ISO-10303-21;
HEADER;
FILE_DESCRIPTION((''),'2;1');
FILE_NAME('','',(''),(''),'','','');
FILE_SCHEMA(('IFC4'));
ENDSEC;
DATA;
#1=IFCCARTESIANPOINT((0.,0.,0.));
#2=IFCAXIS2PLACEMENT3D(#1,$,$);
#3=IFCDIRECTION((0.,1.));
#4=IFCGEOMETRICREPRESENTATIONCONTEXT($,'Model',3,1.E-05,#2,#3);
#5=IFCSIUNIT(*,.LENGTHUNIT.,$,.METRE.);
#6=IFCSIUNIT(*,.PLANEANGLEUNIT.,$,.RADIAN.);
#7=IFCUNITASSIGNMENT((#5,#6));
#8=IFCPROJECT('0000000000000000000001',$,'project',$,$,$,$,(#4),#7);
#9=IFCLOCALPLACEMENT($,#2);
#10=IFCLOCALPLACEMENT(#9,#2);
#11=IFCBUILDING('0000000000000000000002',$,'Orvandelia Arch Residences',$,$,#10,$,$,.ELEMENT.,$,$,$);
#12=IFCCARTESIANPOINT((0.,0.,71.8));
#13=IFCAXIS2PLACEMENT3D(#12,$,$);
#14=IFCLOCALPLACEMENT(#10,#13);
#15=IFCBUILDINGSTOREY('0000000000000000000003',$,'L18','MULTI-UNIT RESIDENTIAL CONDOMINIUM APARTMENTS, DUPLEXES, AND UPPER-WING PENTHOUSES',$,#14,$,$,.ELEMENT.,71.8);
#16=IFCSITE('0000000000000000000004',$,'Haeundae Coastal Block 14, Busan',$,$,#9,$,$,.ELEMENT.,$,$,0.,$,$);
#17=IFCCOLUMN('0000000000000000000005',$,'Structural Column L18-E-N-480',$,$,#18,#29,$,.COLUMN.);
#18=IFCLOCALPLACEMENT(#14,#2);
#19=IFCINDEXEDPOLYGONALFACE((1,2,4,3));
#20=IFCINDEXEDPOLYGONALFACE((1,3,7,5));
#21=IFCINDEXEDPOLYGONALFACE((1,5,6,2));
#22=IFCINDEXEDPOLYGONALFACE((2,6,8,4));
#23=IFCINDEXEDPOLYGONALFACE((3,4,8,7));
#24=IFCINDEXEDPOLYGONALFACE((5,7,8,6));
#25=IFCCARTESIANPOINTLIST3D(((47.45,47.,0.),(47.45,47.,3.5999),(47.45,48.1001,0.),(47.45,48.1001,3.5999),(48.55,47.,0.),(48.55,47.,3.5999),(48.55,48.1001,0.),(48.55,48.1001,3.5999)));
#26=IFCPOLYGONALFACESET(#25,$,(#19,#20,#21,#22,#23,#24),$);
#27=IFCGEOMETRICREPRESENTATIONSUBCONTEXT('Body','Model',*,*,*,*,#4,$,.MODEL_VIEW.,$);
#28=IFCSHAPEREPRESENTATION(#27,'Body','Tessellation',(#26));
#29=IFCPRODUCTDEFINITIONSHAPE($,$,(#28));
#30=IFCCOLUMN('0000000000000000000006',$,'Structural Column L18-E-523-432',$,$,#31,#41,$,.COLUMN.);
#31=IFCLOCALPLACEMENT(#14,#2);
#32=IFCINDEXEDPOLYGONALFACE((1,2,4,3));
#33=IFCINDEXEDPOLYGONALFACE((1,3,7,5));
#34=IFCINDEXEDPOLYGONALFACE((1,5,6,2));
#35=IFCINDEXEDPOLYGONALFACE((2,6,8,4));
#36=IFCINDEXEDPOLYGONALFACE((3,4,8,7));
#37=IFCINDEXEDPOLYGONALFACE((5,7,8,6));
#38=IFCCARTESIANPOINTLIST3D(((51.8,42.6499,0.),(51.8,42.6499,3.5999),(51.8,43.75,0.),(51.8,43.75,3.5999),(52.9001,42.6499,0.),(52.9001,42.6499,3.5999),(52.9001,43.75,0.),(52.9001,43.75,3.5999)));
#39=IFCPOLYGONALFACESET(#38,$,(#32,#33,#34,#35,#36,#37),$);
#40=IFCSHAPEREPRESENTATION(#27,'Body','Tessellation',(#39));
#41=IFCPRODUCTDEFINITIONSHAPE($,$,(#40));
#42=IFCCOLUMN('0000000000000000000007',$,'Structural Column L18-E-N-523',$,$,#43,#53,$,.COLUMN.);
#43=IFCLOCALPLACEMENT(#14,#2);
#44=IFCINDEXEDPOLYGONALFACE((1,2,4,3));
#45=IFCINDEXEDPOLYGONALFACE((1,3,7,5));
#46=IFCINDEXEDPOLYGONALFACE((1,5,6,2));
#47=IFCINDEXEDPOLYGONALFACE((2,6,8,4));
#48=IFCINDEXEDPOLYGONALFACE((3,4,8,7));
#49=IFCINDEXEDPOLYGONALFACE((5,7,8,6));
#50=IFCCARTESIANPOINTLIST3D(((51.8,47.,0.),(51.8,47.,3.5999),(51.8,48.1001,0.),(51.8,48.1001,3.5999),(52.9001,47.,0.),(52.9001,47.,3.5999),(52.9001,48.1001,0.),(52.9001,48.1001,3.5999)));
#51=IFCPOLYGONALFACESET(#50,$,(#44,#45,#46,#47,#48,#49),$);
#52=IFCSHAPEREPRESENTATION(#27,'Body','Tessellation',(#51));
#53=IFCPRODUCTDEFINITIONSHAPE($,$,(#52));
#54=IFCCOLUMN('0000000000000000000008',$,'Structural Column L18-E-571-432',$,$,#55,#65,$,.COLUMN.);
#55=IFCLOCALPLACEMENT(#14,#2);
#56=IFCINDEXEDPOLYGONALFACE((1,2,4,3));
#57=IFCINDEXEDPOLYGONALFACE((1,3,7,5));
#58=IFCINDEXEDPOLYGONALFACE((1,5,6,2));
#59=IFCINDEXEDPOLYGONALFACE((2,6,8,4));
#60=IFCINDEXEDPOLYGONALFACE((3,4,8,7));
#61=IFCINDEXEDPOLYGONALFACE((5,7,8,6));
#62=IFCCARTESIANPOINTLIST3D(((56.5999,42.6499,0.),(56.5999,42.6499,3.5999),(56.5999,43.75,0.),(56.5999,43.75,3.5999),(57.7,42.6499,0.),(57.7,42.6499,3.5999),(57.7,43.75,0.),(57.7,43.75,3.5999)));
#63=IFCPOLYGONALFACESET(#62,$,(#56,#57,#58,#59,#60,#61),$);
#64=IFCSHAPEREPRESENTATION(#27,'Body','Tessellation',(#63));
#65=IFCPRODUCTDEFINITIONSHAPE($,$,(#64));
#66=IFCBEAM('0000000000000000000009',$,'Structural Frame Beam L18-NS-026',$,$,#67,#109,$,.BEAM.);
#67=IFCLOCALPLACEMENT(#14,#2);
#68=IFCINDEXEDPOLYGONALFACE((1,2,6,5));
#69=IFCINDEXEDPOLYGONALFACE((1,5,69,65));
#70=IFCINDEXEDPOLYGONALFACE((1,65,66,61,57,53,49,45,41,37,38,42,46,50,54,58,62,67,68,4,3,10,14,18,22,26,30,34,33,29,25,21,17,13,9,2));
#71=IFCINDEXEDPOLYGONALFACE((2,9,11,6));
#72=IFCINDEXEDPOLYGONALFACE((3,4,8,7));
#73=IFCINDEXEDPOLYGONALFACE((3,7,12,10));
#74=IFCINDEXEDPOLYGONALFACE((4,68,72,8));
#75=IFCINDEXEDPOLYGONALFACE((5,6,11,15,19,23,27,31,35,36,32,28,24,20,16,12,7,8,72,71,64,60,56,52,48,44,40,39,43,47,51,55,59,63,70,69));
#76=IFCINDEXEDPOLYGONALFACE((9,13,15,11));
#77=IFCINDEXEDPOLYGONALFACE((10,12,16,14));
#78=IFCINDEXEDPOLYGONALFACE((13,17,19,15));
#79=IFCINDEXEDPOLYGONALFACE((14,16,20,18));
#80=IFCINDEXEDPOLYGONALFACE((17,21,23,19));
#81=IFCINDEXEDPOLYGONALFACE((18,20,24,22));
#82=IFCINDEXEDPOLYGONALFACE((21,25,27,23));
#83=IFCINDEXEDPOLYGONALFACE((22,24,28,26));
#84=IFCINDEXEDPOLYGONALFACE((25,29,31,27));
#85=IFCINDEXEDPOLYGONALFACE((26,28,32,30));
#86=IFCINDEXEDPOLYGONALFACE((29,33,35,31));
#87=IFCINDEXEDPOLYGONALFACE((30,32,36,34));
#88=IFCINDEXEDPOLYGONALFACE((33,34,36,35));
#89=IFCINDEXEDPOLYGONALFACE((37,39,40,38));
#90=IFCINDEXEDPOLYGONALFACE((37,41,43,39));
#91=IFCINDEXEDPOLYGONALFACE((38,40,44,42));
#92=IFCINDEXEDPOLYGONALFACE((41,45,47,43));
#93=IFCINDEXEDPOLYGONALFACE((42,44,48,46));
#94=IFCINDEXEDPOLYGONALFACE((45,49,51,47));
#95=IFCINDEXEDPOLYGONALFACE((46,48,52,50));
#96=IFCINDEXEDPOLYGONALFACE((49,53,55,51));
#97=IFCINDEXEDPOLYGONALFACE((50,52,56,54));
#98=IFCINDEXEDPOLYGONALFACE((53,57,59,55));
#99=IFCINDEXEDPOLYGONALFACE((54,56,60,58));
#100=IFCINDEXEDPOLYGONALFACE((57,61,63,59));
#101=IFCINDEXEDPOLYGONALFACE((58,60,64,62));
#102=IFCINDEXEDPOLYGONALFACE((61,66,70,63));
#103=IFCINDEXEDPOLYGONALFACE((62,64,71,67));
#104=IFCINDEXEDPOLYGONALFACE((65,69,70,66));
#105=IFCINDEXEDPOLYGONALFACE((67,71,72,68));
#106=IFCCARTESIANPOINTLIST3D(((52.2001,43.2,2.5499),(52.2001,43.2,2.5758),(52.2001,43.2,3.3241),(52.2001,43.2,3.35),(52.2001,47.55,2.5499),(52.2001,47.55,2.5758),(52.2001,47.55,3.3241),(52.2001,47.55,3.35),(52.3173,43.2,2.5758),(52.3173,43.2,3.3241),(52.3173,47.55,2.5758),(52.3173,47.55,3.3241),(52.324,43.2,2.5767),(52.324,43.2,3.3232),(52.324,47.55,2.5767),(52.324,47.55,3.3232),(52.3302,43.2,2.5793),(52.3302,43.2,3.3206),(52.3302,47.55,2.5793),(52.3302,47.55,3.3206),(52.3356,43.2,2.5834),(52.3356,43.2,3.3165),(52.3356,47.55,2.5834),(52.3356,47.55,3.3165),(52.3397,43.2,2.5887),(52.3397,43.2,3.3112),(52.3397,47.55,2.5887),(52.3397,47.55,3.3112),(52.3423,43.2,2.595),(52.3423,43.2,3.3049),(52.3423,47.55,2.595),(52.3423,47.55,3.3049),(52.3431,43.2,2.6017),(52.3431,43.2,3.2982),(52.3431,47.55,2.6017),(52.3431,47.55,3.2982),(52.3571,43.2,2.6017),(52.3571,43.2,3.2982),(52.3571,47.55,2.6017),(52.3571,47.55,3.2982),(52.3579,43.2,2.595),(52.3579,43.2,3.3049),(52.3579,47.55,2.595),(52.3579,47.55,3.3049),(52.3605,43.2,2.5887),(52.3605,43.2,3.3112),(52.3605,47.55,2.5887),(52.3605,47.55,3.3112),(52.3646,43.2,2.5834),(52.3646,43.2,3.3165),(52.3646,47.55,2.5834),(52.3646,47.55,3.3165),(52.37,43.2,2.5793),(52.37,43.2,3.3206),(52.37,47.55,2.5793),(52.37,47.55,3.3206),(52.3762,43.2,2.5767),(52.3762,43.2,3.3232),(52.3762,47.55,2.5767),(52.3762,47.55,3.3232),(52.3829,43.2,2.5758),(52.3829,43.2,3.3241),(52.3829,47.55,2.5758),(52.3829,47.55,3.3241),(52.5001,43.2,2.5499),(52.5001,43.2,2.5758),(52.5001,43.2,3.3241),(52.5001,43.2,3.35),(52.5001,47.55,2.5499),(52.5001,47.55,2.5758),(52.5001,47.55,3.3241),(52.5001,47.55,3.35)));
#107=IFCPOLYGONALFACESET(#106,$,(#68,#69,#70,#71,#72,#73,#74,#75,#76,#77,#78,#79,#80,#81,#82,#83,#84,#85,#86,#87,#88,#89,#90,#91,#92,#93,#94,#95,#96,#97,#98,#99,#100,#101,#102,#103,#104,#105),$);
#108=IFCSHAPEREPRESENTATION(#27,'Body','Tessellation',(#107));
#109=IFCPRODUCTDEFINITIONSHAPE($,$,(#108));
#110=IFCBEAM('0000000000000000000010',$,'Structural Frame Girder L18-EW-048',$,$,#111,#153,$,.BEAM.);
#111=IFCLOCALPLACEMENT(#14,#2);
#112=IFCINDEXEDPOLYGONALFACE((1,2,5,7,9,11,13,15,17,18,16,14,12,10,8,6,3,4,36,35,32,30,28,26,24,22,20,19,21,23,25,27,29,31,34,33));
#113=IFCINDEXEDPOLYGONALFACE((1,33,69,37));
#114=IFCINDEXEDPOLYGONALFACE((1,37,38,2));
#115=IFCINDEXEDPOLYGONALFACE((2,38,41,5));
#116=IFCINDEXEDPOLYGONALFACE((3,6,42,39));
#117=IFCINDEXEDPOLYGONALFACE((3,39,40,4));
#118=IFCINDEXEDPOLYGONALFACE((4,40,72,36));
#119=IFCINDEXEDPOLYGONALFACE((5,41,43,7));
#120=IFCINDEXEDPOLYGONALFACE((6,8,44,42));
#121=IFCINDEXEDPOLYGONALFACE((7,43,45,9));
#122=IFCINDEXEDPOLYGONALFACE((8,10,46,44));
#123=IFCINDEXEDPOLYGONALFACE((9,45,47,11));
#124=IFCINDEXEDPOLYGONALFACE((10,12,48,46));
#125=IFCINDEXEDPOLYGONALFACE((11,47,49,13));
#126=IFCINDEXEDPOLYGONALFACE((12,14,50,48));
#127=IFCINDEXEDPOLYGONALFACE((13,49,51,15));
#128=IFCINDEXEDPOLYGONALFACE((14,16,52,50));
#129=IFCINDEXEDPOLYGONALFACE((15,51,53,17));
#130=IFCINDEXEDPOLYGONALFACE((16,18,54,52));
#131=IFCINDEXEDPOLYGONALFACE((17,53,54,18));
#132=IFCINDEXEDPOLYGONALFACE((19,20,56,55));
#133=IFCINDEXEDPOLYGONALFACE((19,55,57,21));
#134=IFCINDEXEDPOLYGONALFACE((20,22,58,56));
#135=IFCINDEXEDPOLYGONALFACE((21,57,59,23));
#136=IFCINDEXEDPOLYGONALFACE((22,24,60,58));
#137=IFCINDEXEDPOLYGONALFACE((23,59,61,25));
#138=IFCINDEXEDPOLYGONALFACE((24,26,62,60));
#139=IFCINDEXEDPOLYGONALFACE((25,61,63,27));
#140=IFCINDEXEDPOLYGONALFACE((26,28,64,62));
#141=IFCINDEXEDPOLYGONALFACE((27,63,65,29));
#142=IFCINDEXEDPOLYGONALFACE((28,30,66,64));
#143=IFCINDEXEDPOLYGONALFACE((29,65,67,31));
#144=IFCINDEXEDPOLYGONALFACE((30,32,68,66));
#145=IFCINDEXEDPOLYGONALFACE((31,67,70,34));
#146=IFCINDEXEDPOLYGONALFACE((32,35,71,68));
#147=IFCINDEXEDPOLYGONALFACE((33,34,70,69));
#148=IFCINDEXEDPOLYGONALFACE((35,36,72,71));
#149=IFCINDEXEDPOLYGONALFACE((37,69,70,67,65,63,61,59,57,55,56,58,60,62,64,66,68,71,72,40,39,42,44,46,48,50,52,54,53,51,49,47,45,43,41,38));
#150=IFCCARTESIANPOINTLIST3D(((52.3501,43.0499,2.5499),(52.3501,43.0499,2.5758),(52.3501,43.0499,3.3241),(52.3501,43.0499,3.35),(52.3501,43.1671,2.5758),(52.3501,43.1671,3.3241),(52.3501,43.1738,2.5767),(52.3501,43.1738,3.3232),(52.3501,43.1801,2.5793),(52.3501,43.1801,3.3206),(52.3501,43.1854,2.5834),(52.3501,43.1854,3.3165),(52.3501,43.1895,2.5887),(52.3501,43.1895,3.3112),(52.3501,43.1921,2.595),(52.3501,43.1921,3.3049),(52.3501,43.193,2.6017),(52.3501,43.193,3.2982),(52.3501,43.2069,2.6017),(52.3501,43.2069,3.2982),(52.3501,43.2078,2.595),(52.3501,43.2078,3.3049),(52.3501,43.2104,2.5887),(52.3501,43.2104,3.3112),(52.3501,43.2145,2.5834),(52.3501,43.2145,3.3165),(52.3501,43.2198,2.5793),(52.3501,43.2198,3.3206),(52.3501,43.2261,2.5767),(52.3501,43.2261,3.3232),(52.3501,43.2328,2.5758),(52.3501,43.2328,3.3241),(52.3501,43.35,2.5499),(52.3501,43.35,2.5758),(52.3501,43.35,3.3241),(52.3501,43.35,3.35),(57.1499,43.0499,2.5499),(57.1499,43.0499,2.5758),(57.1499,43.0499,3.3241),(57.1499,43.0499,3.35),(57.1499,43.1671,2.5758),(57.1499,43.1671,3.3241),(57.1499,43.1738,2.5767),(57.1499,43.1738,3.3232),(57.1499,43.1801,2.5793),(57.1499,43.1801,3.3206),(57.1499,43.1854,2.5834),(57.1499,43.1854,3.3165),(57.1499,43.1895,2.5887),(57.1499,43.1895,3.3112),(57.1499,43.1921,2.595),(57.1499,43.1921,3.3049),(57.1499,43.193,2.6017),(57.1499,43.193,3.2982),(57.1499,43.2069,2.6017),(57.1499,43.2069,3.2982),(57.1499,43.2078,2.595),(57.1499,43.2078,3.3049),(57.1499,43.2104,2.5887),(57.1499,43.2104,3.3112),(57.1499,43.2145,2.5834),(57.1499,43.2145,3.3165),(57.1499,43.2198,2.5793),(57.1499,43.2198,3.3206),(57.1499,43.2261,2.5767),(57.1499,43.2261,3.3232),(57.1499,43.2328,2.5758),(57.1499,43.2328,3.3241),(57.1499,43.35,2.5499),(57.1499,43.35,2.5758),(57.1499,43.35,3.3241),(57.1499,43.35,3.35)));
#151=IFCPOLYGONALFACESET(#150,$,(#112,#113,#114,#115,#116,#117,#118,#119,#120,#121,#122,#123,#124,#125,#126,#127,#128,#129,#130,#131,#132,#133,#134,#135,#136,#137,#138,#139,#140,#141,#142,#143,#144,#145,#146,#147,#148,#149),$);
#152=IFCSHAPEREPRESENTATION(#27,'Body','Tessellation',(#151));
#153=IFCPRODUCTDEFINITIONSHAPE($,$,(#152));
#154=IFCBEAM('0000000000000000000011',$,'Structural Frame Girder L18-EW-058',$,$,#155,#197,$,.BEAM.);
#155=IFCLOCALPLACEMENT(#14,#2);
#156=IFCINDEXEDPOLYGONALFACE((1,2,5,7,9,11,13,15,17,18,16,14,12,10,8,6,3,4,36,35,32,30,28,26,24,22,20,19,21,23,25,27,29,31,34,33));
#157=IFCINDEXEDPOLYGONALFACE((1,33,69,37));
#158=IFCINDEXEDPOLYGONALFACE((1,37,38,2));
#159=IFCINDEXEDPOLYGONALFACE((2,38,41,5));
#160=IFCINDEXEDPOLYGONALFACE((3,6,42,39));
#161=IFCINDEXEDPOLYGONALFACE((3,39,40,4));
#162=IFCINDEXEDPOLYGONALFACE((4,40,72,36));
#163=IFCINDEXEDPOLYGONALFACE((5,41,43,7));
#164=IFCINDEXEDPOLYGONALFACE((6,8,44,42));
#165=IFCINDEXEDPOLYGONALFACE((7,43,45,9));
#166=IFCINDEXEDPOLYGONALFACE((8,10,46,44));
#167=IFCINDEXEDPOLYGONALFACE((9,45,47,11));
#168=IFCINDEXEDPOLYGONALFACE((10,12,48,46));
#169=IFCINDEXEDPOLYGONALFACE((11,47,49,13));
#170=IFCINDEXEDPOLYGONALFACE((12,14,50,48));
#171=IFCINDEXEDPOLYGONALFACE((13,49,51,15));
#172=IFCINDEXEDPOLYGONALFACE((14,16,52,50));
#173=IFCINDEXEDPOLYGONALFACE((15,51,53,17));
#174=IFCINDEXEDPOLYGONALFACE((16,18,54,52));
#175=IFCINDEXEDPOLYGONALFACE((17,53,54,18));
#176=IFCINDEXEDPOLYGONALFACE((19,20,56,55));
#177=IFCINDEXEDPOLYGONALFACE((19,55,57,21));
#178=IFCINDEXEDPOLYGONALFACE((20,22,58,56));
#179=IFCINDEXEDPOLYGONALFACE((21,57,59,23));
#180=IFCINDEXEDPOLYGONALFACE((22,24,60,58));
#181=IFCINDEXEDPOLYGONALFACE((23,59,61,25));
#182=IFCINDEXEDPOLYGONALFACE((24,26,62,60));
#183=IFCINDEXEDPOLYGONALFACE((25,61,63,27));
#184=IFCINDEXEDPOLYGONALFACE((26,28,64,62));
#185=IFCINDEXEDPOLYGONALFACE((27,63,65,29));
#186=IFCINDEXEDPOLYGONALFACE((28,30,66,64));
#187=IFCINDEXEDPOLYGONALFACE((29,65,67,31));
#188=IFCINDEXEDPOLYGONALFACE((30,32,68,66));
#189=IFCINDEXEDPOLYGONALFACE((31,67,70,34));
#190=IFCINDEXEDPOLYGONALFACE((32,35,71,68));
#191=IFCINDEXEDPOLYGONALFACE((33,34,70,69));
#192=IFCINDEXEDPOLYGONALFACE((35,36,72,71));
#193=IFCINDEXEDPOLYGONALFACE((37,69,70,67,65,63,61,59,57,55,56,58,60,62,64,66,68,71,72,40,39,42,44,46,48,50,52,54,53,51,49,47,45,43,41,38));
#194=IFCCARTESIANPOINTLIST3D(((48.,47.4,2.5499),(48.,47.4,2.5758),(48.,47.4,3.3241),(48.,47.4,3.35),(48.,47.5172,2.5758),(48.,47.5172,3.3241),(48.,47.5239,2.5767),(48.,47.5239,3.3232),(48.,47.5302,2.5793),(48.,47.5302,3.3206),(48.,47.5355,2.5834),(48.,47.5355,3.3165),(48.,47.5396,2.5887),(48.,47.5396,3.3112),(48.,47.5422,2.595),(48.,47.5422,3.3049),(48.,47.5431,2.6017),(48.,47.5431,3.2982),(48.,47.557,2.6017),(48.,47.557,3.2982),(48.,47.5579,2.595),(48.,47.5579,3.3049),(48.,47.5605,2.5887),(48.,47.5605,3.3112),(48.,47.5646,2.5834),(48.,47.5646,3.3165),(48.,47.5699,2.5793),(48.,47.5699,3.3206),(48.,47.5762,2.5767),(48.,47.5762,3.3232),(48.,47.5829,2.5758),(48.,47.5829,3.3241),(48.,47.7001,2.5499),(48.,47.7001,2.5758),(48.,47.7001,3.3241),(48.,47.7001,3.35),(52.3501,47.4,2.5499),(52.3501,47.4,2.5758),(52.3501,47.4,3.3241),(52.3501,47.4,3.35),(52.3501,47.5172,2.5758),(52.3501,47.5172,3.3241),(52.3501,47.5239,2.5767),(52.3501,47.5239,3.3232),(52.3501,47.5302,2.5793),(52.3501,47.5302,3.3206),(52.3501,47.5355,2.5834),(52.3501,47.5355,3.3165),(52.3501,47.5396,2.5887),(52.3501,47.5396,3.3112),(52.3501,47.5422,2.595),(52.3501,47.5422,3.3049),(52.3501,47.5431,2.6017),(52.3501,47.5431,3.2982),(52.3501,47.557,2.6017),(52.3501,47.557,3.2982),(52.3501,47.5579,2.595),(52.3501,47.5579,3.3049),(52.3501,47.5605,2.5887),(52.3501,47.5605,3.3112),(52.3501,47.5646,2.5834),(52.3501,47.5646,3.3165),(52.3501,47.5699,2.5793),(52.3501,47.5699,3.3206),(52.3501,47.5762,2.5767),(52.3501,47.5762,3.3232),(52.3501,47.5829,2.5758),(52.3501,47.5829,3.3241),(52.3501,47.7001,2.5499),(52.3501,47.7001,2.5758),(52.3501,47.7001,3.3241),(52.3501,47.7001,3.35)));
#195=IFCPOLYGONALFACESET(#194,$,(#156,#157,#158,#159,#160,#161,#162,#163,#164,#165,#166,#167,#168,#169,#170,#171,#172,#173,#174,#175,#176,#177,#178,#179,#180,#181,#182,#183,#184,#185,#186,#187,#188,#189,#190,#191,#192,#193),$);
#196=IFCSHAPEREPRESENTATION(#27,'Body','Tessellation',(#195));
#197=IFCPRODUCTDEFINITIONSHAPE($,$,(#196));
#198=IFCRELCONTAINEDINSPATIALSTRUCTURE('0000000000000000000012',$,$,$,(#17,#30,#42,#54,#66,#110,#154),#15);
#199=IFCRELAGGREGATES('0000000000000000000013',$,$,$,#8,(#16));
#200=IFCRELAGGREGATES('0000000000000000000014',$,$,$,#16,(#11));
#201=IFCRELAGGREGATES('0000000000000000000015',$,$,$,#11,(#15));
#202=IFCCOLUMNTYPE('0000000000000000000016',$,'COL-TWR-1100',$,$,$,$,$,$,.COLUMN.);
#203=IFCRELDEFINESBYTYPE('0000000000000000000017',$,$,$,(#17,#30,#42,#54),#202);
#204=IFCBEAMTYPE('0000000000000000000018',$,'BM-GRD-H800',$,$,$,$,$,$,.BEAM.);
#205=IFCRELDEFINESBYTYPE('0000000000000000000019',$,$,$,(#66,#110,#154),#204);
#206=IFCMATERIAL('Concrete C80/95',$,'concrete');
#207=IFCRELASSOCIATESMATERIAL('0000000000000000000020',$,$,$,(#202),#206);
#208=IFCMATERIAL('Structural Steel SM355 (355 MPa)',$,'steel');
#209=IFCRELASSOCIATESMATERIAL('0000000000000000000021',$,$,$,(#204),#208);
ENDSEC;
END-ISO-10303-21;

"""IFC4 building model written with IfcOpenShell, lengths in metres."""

from ifc_helpers import new_model, si_unit, direction, frame, origin, origin_2d, place, context, subcontext, project, spatial, rectangle, i_section, extrude, material, material_profile, profile_set, type_object, element, save


model = new_model("IFC4")

# Units and contexts
model_context = context("Model", 3, precision=1e-05, world=origin(), true_north=direction((0.0, 1.0)))
body_context = subcontext(model_context, "Body", "Model", "MODEL_VIEW")
ifc_project = project(units=[si_unit("LENGTHUNIT", "METRE"), si_unit("PLANEANGLEUNIT", "RADIAN")], contexts=[model_context])

# Site, building, storey
site_placement = place(None, origin())
site = spatial("IfcSite", under=ifc_project, at=site_placement, Name="Haeundae Coastal Block 14, Busan", CompositionType="ELEMENT", RefElevation=0.0)
building_placement = place(site_placement, origin())
building = spatial("IfcBuilding", under=site, at=building_placement, Name="Orvandelia Arch Residences", CompositionType="ELEMENT")
storey_placement = place(building_placement, frame((0.0, 0.0, 71.8)))
storey = spatial("IfcBuildingStorey", under=building, at=storey_placement, Name="L18", Description="MULTI-UNIT RESIDENTIAL CONDOMINIUM APARTMENTS, DUPLEXES, AND UPPER-WING PENTHOUSES", CompositionType="ELEMENT", Elevation=71.8)

# Columns
ifc_material_1 = material(Name="Concrete C80/95", Category="concrete")
ifc_material_profile_1 = material_profile(ifc_material_1, rectangle(XDim=1.1001, YDim=1.1001, at=origin_2d()), Name="Concrete C80/95", Category="concrete")
ifc_profile_set_1 = profile_set([ifc_material_profile_1], Name="Concrete C80/95")
column_type = type_object("IfcColumnType", Name="COL-TWR-1100", PredefinedType="COLUMN", material=ifc_profile_set_1)
for number, where, z_axis, x_axis, name in (
    (1, (48.0, 47.55, 0.0), (0.0, 0.0, 1.0), (1.0, 0.0, 0.0), "Structural Column L18-E-N-480"),
    (2, (52.3501, 43.2, 0.0), (0.0, 0.0, 1.0), (1.0, 0.0, 0.0), "Structural Column L18-E-523-432"),
    (3, (52.3501, 47.55, 0.0), (0.0, 0.0, 1.0), (1.0, 0.0, 0.0), "Structural Column L18-E-N-523"),
    (4, (57.1499, 43.2, 0.0), (0.0, 0.0, 1.0), (1.0, 0.0, 0.0), "Structural Column L18-E-571-432"),
):
    element("IfcColumn", number, at=place(storey_placement, frame(where, z_axis=z_axis, x_axis=x_axis)), inside=storey, type_object=column_type, Name=name, PredefinedType="COLUMN", context=body_context, shape_type="SweptSolid", body=[
        extrude(rectangle(XDim=1.1001, YDim=1.1001, at=origin_2d()), origin(), (0.0, 0.0, 1.0), 3.5999),
    ])

# Beams
ifc_material_2 = material(Name="Structural Steel SM355 (355 MPa)", Category="steel")
ifc_material_profile_2 = material_profile(ifc_material_2, i_section(OverallWidth=0.3, OverallDepth=0.8, WebThickness=0.0139, FlangeThickness=0.0259, FilletRadius=0.0259, at=origin_2d()), Name="Structural Steel SM355 (355 MPa)", Category="steel")
ifc_profile_set_2 = profile_set([ifc_material_profile_2], Name="Structural Steel SM355 (355 MPa)")
beam_type = type_object("IfcBeamType", Name="BM-GRD-H800", PredefinedType="BEAM", material=ifc_profile_set_2)
beam_1_placement = place(storey_placement, frame((52.3501, 43.2, 2.95), z_axis=(0.0, 1.0, 0.0), x_axis=(-1.0, 0.0, 0.0)))
element("IfcBeam", 5, at=beam_1_placement, inside=storey, type_object=beam_type, Name="Structural Frame Beam L18-NS-026", PredefinedType="BEAM", context=body_context, shape_type="SweptSolid", body=[
    extrude(i_section(OverallWidth=0.3, OverallDepth=0.8, WebThickness=0.0139, FlangeThickness=0.0259, FilletRadius=0.0259, at=origin_2d()), origin(), (0.0, 0.0, 1.0), 4.3501),
])
beam_2_placement = place(storey_placement, frame((52.3501, 43.2, 2.95), z_axis=(1.0, 0.0, 0.0), x_axis=(0.0, 1.0, 0.0)))
element("IfcBeam", 6, at=beam_2_placement, inside=storey, type_object=beam_type, Name="Structural Frame Girder L18-EW-048", PredefinedType="BEAM", context=body_context, shape_type="SweptSolid", body=[
    extrude(i_section(OverallWidth=0.3, OverallDepth=0.8, WebThickness=0.0139, FlangeThickness=0.0259, FilletRadius=0.0259, at=origin_2d()), origin(), (0.0, 0.0, 1.0), 4.7998),
])
beam_3_placement = place(storey_placement, frame((48.0, 47.55, 2.95), z_axis=(1.0, 0.0, 0.0), x_axis=(0.0, 1.0, 0.0)))
element("IfcBeam", 7, at=beam_3_placement, inside=storey, type_object=beam_type, Name="Structural Frame Girder L18-EW-058", PredefinedType="BEAM", context=body_context, shape_type="SweptSolid", body=[
    extrude(i_section(OverallWidth=0.3, OverallDepth=0.8, WebThickness=0.0139, FlangeThickness=0.0259, FilletRadius=0.0259, at=origin_2d()), origin(), (0.0, 0.0, 1.0), 4.3501),
])

save(model, "model.ifc")
